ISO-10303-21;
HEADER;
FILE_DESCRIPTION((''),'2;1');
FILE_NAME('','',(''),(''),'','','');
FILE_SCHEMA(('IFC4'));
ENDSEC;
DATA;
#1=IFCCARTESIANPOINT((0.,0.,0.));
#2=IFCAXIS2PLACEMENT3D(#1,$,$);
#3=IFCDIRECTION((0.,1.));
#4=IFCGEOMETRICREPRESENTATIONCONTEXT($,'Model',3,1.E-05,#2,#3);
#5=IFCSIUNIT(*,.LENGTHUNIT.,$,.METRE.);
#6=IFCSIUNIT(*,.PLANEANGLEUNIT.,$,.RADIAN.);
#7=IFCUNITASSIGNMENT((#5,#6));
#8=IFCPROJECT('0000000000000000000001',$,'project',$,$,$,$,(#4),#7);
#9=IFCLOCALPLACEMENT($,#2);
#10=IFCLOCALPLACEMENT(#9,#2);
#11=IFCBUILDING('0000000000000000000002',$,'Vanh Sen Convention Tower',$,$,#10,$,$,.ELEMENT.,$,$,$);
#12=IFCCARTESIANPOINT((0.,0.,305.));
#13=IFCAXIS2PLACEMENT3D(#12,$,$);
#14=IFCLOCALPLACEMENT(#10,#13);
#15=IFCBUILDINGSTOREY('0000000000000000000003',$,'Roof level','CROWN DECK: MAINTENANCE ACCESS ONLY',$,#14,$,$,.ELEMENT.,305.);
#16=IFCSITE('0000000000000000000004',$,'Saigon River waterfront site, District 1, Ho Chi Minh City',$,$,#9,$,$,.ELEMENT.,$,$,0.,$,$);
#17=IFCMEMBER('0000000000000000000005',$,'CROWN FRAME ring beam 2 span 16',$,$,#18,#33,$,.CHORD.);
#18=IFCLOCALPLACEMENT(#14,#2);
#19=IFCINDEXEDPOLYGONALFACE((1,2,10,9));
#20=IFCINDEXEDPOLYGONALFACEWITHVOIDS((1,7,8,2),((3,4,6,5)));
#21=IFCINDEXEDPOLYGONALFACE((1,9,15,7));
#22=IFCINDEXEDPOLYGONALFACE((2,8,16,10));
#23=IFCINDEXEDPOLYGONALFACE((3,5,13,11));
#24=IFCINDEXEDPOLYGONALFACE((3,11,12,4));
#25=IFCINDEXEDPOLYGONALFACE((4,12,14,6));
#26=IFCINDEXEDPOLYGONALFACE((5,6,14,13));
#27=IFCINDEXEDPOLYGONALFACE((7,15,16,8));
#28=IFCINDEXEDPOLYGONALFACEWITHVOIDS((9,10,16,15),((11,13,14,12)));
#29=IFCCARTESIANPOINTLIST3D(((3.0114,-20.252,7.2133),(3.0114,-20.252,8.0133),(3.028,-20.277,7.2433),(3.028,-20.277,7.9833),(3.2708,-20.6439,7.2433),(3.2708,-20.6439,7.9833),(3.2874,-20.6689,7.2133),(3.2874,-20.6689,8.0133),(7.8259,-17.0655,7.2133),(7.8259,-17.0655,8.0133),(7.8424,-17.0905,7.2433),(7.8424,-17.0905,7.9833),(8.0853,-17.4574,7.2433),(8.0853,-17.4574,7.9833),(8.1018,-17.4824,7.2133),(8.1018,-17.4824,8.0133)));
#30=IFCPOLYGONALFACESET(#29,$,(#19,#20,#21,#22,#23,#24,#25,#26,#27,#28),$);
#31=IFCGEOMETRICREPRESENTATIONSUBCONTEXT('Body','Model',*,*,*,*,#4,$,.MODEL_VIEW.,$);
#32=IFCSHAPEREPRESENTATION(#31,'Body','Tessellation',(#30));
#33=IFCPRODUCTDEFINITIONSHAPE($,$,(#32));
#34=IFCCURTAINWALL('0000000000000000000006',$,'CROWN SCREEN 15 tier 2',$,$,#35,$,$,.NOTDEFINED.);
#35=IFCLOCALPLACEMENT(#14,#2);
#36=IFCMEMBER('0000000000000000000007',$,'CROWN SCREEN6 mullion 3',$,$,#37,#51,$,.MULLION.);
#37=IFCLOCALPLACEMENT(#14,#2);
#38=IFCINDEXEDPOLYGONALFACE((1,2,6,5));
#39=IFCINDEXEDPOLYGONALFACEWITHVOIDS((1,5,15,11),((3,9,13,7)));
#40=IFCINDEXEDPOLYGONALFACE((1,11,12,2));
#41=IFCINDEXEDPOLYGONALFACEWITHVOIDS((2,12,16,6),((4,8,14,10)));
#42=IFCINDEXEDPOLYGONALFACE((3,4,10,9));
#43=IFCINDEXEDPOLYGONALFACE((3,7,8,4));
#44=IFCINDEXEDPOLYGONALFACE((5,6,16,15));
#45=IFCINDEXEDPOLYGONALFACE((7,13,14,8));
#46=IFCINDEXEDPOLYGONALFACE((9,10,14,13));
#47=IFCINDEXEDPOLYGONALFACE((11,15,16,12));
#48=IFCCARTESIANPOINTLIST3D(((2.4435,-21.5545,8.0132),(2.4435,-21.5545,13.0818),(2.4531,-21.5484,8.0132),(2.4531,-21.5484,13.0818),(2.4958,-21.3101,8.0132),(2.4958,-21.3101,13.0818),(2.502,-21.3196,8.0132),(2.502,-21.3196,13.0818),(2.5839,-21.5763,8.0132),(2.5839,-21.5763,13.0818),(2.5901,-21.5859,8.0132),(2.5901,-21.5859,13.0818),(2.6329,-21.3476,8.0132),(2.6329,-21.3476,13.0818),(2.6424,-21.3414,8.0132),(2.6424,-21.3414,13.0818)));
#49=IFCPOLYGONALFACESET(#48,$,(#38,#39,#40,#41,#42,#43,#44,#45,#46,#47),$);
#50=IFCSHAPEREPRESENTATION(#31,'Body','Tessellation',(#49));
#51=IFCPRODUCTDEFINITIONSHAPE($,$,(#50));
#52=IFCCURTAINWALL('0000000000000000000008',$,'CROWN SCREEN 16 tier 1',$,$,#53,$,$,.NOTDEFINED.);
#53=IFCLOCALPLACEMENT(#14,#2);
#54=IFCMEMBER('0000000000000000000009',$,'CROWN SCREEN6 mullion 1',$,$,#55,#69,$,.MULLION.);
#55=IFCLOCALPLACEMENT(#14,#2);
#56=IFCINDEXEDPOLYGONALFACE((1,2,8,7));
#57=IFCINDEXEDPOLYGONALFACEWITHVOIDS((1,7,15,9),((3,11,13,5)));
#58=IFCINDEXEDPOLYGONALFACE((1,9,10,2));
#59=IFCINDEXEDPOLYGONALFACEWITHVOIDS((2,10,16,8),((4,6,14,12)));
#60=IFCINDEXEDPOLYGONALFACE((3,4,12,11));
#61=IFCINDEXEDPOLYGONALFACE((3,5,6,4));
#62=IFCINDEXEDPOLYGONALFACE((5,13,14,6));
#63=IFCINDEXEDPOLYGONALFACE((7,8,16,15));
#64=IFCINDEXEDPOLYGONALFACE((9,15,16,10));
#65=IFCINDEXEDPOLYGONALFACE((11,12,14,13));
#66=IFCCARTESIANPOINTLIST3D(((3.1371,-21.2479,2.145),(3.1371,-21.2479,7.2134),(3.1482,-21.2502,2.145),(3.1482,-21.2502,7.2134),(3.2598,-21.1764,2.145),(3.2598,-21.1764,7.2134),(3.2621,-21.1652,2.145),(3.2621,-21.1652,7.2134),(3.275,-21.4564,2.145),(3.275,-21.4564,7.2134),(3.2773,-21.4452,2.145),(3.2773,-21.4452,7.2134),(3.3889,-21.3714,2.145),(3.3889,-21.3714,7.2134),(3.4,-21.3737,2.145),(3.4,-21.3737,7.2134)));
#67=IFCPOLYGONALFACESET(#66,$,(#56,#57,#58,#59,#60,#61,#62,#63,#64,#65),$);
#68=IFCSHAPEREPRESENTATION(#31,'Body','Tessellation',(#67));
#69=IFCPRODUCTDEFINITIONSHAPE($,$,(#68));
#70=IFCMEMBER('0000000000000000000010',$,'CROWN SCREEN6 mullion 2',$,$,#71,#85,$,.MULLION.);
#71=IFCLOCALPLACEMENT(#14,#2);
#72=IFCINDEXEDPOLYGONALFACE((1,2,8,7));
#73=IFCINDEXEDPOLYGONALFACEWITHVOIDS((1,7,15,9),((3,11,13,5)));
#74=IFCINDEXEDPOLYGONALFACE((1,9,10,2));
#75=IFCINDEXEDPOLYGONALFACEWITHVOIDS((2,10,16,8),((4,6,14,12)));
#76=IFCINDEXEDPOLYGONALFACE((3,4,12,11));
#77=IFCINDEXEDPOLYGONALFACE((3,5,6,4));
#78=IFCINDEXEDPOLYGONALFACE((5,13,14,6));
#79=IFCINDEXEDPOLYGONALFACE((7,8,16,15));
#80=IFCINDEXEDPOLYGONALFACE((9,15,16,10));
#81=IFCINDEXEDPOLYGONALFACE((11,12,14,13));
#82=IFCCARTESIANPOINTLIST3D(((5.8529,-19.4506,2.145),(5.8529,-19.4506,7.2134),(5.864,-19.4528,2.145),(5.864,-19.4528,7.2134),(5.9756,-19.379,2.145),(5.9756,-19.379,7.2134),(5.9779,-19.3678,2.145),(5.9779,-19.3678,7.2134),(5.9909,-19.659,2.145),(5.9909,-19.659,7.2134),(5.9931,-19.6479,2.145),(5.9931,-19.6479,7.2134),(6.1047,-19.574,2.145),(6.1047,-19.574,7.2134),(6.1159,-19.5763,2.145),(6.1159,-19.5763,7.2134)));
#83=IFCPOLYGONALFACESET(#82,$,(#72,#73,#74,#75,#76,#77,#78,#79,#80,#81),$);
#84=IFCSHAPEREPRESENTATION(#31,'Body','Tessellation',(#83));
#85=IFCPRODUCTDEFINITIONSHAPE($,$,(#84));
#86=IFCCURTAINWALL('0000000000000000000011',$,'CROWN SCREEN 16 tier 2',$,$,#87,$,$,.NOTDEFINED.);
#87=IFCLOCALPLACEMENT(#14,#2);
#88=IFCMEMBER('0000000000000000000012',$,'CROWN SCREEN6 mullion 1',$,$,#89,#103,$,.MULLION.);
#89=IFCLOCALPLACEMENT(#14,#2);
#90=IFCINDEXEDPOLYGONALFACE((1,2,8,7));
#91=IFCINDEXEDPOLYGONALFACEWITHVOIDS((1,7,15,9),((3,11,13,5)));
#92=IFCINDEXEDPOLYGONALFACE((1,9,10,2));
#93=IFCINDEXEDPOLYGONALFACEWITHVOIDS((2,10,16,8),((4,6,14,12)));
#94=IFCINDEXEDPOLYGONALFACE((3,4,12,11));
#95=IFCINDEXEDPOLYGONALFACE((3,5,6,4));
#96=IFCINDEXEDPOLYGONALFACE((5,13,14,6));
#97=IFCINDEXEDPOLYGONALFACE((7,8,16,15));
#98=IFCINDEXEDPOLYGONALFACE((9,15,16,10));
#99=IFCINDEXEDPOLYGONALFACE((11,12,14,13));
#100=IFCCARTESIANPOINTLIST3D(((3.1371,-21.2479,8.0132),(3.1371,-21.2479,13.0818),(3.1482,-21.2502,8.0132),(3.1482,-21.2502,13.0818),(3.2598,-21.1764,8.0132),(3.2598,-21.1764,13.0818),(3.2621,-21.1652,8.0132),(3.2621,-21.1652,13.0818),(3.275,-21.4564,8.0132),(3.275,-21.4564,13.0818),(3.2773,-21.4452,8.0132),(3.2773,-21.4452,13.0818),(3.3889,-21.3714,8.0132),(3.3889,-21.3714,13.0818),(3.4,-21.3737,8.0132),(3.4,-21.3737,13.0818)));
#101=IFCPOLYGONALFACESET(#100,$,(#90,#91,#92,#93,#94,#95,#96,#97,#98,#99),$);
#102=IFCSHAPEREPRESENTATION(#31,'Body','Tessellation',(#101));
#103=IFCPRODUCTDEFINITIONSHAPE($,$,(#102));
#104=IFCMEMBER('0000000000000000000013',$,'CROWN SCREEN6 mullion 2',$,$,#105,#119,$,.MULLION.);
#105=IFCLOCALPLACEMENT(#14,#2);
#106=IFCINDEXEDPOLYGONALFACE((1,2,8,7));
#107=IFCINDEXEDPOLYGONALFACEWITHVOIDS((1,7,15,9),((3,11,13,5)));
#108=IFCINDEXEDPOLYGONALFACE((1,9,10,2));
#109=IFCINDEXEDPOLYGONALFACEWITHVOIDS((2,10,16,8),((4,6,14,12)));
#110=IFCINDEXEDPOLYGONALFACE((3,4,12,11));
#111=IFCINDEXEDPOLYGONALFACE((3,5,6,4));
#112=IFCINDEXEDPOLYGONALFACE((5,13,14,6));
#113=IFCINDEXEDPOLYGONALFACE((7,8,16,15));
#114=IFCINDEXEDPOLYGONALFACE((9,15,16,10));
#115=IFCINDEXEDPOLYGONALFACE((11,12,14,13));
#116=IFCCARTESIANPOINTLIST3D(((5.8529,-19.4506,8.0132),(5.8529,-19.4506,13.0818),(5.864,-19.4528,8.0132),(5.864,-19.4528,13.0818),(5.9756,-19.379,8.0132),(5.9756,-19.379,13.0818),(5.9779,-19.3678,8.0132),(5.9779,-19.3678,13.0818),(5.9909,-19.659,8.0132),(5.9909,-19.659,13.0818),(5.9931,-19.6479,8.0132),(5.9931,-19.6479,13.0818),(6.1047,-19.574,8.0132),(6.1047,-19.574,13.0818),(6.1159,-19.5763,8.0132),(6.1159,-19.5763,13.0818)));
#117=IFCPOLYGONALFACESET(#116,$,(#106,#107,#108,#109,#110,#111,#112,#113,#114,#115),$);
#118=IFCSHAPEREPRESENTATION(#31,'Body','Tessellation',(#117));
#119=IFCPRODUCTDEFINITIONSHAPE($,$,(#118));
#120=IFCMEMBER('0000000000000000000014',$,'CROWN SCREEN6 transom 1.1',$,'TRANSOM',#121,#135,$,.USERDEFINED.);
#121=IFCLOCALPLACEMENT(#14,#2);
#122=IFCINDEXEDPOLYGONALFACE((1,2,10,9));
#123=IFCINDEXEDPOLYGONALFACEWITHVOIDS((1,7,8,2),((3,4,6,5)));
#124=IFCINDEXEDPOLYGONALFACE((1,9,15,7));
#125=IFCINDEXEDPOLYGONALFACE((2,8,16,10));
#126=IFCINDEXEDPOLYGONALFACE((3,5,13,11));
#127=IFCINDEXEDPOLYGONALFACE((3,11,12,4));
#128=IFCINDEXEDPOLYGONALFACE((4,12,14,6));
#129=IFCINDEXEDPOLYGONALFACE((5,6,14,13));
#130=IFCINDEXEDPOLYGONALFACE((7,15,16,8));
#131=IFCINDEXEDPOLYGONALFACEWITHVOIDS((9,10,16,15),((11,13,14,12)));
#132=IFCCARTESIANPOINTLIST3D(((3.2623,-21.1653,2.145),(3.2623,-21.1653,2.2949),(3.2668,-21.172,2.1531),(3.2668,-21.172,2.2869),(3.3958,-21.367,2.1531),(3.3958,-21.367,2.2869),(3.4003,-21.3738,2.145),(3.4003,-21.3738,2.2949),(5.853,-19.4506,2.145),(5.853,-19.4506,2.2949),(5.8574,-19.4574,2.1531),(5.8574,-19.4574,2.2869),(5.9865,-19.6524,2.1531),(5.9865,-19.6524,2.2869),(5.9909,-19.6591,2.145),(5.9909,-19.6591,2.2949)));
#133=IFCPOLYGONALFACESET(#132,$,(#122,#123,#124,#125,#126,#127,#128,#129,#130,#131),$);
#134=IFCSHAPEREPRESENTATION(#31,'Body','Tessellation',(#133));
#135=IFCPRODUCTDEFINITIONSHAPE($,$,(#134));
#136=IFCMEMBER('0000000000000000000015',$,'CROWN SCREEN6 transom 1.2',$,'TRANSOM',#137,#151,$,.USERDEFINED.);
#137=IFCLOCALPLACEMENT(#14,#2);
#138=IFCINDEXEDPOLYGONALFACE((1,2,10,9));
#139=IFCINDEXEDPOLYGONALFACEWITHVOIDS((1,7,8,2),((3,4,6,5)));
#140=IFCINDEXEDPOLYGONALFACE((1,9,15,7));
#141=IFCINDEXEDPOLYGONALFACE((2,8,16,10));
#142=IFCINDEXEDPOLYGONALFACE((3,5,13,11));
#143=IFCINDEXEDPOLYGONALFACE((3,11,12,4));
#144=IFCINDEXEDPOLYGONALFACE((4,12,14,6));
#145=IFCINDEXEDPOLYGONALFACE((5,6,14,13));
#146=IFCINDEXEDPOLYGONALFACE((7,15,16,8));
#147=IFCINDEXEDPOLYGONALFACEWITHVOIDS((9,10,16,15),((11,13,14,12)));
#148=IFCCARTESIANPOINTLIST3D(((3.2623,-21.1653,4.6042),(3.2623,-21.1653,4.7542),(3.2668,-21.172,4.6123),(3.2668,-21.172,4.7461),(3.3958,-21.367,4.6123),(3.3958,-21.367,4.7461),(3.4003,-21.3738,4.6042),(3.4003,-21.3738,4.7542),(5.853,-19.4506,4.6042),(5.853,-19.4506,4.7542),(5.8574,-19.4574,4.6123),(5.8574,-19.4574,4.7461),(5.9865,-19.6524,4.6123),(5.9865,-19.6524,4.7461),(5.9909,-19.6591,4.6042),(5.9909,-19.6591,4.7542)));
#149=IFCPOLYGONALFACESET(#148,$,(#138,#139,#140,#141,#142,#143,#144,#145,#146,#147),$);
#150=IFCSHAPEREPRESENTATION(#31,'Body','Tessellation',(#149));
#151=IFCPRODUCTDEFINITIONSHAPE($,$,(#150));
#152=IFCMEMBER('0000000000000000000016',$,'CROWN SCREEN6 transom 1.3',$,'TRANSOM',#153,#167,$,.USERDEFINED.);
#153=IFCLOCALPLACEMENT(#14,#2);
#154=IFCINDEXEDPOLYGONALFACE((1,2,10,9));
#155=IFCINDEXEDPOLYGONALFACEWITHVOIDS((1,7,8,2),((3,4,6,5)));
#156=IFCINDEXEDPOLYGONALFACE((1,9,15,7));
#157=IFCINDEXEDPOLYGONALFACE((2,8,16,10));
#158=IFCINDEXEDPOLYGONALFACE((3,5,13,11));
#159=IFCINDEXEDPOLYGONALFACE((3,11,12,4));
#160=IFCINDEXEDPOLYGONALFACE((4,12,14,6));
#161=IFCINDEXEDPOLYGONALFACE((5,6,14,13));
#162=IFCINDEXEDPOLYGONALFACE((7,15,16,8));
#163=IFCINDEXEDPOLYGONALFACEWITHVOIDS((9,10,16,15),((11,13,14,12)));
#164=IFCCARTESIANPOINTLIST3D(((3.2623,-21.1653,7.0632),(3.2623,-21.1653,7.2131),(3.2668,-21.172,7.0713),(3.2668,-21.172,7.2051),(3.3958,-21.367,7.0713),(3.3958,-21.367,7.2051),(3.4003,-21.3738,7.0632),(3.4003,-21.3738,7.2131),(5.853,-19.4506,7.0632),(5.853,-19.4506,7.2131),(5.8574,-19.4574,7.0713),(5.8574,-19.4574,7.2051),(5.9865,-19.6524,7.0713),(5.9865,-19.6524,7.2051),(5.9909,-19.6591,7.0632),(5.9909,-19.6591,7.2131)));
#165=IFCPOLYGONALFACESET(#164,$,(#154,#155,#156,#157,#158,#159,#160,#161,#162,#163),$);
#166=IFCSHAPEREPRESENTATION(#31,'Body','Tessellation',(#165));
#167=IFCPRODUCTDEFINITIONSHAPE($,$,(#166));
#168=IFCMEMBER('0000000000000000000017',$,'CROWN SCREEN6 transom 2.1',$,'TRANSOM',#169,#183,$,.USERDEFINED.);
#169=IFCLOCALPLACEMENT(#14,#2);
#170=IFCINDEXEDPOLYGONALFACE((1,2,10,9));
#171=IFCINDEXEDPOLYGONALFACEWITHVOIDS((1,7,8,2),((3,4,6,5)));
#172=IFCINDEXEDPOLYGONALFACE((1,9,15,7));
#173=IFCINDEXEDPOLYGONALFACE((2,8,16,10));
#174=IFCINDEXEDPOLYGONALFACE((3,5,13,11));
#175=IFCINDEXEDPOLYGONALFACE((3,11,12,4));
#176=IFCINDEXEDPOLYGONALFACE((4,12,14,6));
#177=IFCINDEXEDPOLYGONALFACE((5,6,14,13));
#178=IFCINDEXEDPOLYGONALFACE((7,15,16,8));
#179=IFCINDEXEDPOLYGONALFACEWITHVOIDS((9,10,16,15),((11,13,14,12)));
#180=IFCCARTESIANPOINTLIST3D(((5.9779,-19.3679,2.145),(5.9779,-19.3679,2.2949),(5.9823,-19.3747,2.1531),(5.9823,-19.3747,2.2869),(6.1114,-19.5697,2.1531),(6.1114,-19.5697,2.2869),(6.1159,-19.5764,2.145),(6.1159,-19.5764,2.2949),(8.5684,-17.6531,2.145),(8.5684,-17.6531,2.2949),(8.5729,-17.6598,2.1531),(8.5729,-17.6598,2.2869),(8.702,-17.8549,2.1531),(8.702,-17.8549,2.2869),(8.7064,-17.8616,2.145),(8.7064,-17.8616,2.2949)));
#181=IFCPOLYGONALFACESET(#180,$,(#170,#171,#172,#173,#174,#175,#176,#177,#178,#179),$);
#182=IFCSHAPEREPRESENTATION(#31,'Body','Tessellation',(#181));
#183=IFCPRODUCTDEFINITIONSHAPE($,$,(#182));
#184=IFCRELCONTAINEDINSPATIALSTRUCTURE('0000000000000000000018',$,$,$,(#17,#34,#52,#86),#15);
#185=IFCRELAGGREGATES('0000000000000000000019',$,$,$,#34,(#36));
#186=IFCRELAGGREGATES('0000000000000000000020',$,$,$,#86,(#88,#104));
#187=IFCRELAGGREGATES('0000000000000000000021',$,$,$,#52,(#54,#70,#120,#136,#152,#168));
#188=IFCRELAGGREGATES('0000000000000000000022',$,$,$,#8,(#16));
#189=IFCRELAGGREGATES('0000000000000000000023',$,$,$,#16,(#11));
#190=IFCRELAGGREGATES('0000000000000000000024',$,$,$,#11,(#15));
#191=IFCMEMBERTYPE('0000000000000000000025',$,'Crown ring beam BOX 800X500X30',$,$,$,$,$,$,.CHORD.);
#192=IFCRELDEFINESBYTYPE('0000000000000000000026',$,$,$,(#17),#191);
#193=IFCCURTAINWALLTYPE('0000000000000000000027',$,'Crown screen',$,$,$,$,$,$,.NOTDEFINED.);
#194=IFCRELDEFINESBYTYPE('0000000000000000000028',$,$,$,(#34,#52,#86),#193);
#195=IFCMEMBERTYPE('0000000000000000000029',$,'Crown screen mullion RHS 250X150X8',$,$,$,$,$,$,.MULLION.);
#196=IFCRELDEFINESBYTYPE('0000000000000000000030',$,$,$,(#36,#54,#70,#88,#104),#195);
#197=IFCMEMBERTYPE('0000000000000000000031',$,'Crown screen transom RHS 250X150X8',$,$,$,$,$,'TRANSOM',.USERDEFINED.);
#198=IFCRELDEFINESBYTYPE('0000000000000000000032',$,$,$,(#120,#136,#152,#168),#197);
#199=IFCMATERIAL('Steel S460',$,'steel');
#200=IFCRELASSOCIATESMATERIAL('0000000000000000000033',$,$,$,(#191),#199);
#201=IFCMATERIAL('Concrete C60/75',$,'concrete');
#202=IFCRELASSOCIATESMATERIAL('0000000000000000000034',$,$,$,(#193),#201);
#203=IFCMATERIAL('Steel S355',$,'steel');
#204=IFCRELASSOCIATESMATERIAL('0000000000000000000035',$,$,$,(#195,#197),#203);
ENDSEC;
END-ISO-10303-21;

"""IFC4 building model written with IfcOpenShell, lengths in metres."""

from ifc_helpers import new_model, si_unit, direction, frame, origin, origin_2d, place, context, subcontext, project, spatial, hollow_rectangle, extrude, material, material_profile, profile_set, type_object, element, aggregate, save


model = new_model("IFC4")

# Units and contexts
model_context = context("Model", 3, precision=1e-05, world=origin(), true_north=direction((0.0, 1.0)))
body_context = subcontext(model_context, "Body", "Model", "MODEL_VIEW")
ifc_project = project(units=[si_unit("LENGTHUNIT", "METRE"), si_unit("PLANEANGLEUNIT", "RADIAN")], contexts=[model_context])

# Site, building, storey
site_placement = place(None, origin())
site = spatial("IfcSite", under=ifc_project, at=site_placement, Name="Saigon River waterfront site, District 1, Ho Chi Minh City", CompositionType="ELEMENT", RefElevation=0.0)
building_placement = place(site_placement, origin())
building = spatial("IfcBuilding", under=site, at=building_placement, Name="Vanh Sen Convention Tower", CompositionType="ELEMENT")
storey_placement = place(building_placement, frame((0.0, 0.0, 305.0)))
storey = spatial("IfcBuildingStorey", under=building, at=storey_placement, Name="Roof level", Description="CROWN DECK: MAINTENANCE ACCESS ONLY", CompositionType="ELEMENT", Elevation=305.0)

# Member
ifc_material_1 = material(Name="Steel S460", Category="steel")
ifc_material_profile_1 = material_profile(ifc_material_1, hollow_rectangle(XDim=0.5, YDim=0.8, WallThickness=0.03, at=origin_2d()), Name="BOX 800X500X30")
ifc_profile_set_1 = profile_set([ifc_material_profile_1], Name="Steel S460")
member_type_1 = type_object("IfcMemberType", Name="Crown ring beam BOX 800X500X30", PredefinedType="CHORD", material=ifc_profile_set_1)
member_1_placement = place(storey_placement, frame((3.1494, -20.4604, 7.6133), z_axis=(0.833893, 0.551926, 0.0), x_axis=(-0.551926, 0.833893, 0.0)))
element("IfcMember", 1, at=member_1_placement, inside=storey, type_object=member_type_1, Name="CROWN FRAME ring beam 2 span 16", PredefinedType="CHORD", context=body_context, shape_type="SweptSolid", body=[
    extrude(hollow_rectangle(XDim=0.5, YDim=0.8, WallThickness=0.03, at=origin_2d()), origin(), (0.0, 0.0, 1.0), 5.7734),
])

# Curtain wall, member
ifc_material_2 = material(Name="Concrete C60/75", Category="concrete")
curtain_wall_type = type_object("IfcCurtainWallType", Name="Crown screen", PredefinedType="NOTDEFINED", material=ifc_material_2)
curtain_wall_1_placement = place(storey_placement, origin())
curtain_wall_1 = element("IfcCurtainWall", 2, at=curtain_wall_1_placement, inside=storey, type_object=curtain_wall_type, Name="CROWN SCREEN 15 tier 2", PredefinedType="NOTDEFINED")
ifc_material_3 = material(Name="Steel S355", Category="steel")
ifc_material_profile_2 = material_profile(ifc_material_3, hollow_rectangle(XDim=0.25, YDim=0.1499, WallThickness=0.0081, at=origin_2d()), Name="RHS 250X150X8")
ifc_profile_set_2 = profile_set([ifc_material_profile_2], Name="Steel S355")
member_type_2 = type_object("IfcMemberType", Name="Crown screen mullion RHS 250X150X8", PredefinedType="MULLION", material=ifc_profile_set_2)
member_2_placement = place(storey_placement, frame((2.543, -21.448, 8.0132), z_axis=(0.0, 0.0, 1.0), x_axis=(0.209236, 0.977865, 0.0)))
member_2 = element("IfcMember", 3, at=member_2_placement, type_object=member_type_2, Name="CROWN SCREEN6 mullion 3", PredefinedType="MULLION", context=body_context, shape_type="SweptSolid", body=[
    extrude(hollow_rectangle(XDim=0.25, YDim=0.1499, WallThickness=0.0081, at=origin_2d()), origin(), (0.0, 0.0, 1.0), 5.0686),
])
aggregate(curtain_wall_1, [member_2])

# Curtain walls, members
curtain_wall_2_placement = place(storey_placement, origin())
curtain_wall_2 = element("IfcCurtainWall", 4, at=curtain_wall_2_placement, inside=storey, type_object=curtain_wall_type, Name="CROWN SCREEN 16 tier 1", PredefinedType="NOTDEFINED")
member_3_placement = place(storey_placement, frame((3.2686, -21.3108, 2.145), z_axis=(0.0, 0.0, 1.0), x_axis=(-0.55193, 0.83389, 0.0)))
member_3 = element("IfcMember", 5, at=member_3_placement, type_object=member_type_2, Name="CROWN SCREEN6 mullion 1", PredefinedType="MULLION", context=body_context, shape_type="SweptSolid", body=[
    extrude(hollow_rectangle(XDim=0.25, YDim=0.1499, WallThickness=0.0081, at=origin_2d()), origin(), (0.0, 0.0, 1.0), 5.0684),
])
member_4_placement = place(storey_placement, frame((5.9844, -19.5134, 2.145), z_axis=(0.0, 0.0, 1.0), x_axis=(-0.55193, 0.83389, 0.0)))
member_4 = element("IfcMember", 6, at=member_4_placement, type_object=member_type_2, Name="CROWN SCREEN6 mullion 2", PredefinedType="MULLION", context=body_context, shape_type="SweptSolid", body=[
    extrude(hollow_rectangle(XDim=0.25, YDim=0.1499, WallThickness=0.0081, at=origin_2d()), origin(), (0.0, 0.0, 1.0), 5.0684),
])
curtain_wall_3_placement = place(storey_placement, origin())
curtain_wall_3 = element("IfcCurtainWall", 7, at=curtain_wall_3_placement, inside=storey, type_object=curtain_wall_type, Name="CROWN SCREEN 16 tier 2", PredefinedType="NOTDEFINED")
member_5_placement = place(storey_placement, frame((3.2686, -21.3108, 8.0132), z_axis=(0.0, 0.0, 1.0), x_axis=(-0.55193, 0.83389, 0.0)))
member_5 = element("IfcMember", 8, at=member_5_placement, type_object=member_type_2, Name="CROWN SCREEN6 mullion 1", PredefinedType="MULLION", context=body_context, shape_type="SweptSolid", body=[
    extrude(hollow_rectangle(XDim=0.25, YDim=0.1499, WallThickness=0.0081, at=origin_2d()), origin(), (0.0, 0.0, 1.0), 5.0686),
])
member_6_placement = place(storey_placement, frame((5.9844, -19.5134, 8.0132), z_axis=(0.0, 0.0, 1.0), x_axis=(-0.55193, 0.83389, 0.0)))
member_6 = element("IfcMember", 9, at=member_6_placement, type_object=member_type_2, Name="CROWN SCREEN6 mullion 2", PredefinedType="MULLION", context=body_context, shape_type="SweptSolid", body=[
    extrude(hollow_rectangle(XDim=0.25, YDim=0.1499, WallThickness=0.0081, at=origin_2d()), origin(), (0.0, 0.0, 1.0), 5.0686),
])
aggregate(curtain_wall_3, [member_5, member_6])

# Members
ifc_material_profile_3 = material_profile(ifc_material_3, hollow_rectangle(XDim=0.25, YDim=0.1499, WallThickness=0.0081, at=origin_2d()), Name="RHS 250X150X8")
ifc_profile_set_3 = profile_set([ifc_material_profile_3], Name="Steel S355")
member_type_3 = type_object("IfcMemberType", Name="Crown screen transom RHS 250X150X8", ElementType="TRANSOM", PredefinedType="USERDEFINED", material=ifc_profile_set_3)
member_7_placement = place(storey_placement, frame((3.3313, -21.2695, 2.22), z_axis=(0.833896, 0.551922, 0.0), x_axis=(-0.551922, 0.833896, 0.0)))
member_7 = element("IfcMember", 10, at=member_7_placement, type_object=member_type_3, Name="CROWN SCREEN6 transom 1.1", ObjectType="TRANSOM", PredefinedType="USERDEFINED", context=body_context, shape_type="SweptSolid", body=[
    extrude(hollow_rectangle(XDim=0.25, YDim=0.1499, WallThickness=0.0081, at=origin_2d()), origin(), (0.0, 0.0, 1.0), 3.1067),
])
member_8_placement = place(storey_placement, frame((3.3313, -21.2695, 4.6792), z_axis=(0.833896, 0.551922, 0.0), x_axis=(-0.551922, 0.833896, 0.0)))
member_8 = element("IfcMember", 11, at=member_8_placement, type_object=member_type_3, Name="CROWN SCREEN6 transom 1.2", ObjectType="TRANSOM", PredefinedType="USERDEFINED", context=body_context, shape_type="SweptSolid", body=[
    extrude(hollow_rectangle(XDim=0.25, YDim=0.1499, WallThickness=0.0081, at=origin_2d()), origin(), (0.0, 0.0, 1.0), 3.1067),
])
member_9_placement = place(storey_placement, frame((3.3313, -21.2695, 7.1382), z_axis=(0.833896, 0.551922, 0.0), x_axis=(-0.551922, 0.833896, 0.0)))
member_9 = element("IfcMember", 12, at=member_9_placement, type_object=member_type_3, Name="CROWN SCREEN6 transom 1.3", ObjectType="TRANSOM", PredefinedType="USERDEFINED", context=body_context, shape_type="SweptSolid", body=[
    extrude(hollow_rectangle(XDim=0.25, YDim=0.1499, WallThickness=0.0081, at=origin_2d()), origin(), (0.0, 0.0, 1.0), 3.1067),
])
member_10_placement = place(storey_placement, frame((6.0469, -19.4722, 2.22), z_axis=(0.833859, 0.551977, 0.0), x_axis=(-0.551977, 0.833859, 0.0)))
member_10 = element("IfcMember", 13, at=member_10_placement, type_object=member_type_3, Name="CROWN SCREEN6 transom 2.1", ObjectType="TRANSOM", PredefinedType="USERDEFINED", context=body_context, shape_type="SweptSolid", body=[
    extrude(hollow_rectangle(XDim=0.25, YDim=0.1499, WallThickness=0.0081, at=origin_2d()), origin(), (0.0, 0.0, 1.0), 3.1067),
])

aggregate(curtain_wall_2, [member_3, member_4, member_7, member_8, member_9, member_10])

save(model, "model.ifc")
